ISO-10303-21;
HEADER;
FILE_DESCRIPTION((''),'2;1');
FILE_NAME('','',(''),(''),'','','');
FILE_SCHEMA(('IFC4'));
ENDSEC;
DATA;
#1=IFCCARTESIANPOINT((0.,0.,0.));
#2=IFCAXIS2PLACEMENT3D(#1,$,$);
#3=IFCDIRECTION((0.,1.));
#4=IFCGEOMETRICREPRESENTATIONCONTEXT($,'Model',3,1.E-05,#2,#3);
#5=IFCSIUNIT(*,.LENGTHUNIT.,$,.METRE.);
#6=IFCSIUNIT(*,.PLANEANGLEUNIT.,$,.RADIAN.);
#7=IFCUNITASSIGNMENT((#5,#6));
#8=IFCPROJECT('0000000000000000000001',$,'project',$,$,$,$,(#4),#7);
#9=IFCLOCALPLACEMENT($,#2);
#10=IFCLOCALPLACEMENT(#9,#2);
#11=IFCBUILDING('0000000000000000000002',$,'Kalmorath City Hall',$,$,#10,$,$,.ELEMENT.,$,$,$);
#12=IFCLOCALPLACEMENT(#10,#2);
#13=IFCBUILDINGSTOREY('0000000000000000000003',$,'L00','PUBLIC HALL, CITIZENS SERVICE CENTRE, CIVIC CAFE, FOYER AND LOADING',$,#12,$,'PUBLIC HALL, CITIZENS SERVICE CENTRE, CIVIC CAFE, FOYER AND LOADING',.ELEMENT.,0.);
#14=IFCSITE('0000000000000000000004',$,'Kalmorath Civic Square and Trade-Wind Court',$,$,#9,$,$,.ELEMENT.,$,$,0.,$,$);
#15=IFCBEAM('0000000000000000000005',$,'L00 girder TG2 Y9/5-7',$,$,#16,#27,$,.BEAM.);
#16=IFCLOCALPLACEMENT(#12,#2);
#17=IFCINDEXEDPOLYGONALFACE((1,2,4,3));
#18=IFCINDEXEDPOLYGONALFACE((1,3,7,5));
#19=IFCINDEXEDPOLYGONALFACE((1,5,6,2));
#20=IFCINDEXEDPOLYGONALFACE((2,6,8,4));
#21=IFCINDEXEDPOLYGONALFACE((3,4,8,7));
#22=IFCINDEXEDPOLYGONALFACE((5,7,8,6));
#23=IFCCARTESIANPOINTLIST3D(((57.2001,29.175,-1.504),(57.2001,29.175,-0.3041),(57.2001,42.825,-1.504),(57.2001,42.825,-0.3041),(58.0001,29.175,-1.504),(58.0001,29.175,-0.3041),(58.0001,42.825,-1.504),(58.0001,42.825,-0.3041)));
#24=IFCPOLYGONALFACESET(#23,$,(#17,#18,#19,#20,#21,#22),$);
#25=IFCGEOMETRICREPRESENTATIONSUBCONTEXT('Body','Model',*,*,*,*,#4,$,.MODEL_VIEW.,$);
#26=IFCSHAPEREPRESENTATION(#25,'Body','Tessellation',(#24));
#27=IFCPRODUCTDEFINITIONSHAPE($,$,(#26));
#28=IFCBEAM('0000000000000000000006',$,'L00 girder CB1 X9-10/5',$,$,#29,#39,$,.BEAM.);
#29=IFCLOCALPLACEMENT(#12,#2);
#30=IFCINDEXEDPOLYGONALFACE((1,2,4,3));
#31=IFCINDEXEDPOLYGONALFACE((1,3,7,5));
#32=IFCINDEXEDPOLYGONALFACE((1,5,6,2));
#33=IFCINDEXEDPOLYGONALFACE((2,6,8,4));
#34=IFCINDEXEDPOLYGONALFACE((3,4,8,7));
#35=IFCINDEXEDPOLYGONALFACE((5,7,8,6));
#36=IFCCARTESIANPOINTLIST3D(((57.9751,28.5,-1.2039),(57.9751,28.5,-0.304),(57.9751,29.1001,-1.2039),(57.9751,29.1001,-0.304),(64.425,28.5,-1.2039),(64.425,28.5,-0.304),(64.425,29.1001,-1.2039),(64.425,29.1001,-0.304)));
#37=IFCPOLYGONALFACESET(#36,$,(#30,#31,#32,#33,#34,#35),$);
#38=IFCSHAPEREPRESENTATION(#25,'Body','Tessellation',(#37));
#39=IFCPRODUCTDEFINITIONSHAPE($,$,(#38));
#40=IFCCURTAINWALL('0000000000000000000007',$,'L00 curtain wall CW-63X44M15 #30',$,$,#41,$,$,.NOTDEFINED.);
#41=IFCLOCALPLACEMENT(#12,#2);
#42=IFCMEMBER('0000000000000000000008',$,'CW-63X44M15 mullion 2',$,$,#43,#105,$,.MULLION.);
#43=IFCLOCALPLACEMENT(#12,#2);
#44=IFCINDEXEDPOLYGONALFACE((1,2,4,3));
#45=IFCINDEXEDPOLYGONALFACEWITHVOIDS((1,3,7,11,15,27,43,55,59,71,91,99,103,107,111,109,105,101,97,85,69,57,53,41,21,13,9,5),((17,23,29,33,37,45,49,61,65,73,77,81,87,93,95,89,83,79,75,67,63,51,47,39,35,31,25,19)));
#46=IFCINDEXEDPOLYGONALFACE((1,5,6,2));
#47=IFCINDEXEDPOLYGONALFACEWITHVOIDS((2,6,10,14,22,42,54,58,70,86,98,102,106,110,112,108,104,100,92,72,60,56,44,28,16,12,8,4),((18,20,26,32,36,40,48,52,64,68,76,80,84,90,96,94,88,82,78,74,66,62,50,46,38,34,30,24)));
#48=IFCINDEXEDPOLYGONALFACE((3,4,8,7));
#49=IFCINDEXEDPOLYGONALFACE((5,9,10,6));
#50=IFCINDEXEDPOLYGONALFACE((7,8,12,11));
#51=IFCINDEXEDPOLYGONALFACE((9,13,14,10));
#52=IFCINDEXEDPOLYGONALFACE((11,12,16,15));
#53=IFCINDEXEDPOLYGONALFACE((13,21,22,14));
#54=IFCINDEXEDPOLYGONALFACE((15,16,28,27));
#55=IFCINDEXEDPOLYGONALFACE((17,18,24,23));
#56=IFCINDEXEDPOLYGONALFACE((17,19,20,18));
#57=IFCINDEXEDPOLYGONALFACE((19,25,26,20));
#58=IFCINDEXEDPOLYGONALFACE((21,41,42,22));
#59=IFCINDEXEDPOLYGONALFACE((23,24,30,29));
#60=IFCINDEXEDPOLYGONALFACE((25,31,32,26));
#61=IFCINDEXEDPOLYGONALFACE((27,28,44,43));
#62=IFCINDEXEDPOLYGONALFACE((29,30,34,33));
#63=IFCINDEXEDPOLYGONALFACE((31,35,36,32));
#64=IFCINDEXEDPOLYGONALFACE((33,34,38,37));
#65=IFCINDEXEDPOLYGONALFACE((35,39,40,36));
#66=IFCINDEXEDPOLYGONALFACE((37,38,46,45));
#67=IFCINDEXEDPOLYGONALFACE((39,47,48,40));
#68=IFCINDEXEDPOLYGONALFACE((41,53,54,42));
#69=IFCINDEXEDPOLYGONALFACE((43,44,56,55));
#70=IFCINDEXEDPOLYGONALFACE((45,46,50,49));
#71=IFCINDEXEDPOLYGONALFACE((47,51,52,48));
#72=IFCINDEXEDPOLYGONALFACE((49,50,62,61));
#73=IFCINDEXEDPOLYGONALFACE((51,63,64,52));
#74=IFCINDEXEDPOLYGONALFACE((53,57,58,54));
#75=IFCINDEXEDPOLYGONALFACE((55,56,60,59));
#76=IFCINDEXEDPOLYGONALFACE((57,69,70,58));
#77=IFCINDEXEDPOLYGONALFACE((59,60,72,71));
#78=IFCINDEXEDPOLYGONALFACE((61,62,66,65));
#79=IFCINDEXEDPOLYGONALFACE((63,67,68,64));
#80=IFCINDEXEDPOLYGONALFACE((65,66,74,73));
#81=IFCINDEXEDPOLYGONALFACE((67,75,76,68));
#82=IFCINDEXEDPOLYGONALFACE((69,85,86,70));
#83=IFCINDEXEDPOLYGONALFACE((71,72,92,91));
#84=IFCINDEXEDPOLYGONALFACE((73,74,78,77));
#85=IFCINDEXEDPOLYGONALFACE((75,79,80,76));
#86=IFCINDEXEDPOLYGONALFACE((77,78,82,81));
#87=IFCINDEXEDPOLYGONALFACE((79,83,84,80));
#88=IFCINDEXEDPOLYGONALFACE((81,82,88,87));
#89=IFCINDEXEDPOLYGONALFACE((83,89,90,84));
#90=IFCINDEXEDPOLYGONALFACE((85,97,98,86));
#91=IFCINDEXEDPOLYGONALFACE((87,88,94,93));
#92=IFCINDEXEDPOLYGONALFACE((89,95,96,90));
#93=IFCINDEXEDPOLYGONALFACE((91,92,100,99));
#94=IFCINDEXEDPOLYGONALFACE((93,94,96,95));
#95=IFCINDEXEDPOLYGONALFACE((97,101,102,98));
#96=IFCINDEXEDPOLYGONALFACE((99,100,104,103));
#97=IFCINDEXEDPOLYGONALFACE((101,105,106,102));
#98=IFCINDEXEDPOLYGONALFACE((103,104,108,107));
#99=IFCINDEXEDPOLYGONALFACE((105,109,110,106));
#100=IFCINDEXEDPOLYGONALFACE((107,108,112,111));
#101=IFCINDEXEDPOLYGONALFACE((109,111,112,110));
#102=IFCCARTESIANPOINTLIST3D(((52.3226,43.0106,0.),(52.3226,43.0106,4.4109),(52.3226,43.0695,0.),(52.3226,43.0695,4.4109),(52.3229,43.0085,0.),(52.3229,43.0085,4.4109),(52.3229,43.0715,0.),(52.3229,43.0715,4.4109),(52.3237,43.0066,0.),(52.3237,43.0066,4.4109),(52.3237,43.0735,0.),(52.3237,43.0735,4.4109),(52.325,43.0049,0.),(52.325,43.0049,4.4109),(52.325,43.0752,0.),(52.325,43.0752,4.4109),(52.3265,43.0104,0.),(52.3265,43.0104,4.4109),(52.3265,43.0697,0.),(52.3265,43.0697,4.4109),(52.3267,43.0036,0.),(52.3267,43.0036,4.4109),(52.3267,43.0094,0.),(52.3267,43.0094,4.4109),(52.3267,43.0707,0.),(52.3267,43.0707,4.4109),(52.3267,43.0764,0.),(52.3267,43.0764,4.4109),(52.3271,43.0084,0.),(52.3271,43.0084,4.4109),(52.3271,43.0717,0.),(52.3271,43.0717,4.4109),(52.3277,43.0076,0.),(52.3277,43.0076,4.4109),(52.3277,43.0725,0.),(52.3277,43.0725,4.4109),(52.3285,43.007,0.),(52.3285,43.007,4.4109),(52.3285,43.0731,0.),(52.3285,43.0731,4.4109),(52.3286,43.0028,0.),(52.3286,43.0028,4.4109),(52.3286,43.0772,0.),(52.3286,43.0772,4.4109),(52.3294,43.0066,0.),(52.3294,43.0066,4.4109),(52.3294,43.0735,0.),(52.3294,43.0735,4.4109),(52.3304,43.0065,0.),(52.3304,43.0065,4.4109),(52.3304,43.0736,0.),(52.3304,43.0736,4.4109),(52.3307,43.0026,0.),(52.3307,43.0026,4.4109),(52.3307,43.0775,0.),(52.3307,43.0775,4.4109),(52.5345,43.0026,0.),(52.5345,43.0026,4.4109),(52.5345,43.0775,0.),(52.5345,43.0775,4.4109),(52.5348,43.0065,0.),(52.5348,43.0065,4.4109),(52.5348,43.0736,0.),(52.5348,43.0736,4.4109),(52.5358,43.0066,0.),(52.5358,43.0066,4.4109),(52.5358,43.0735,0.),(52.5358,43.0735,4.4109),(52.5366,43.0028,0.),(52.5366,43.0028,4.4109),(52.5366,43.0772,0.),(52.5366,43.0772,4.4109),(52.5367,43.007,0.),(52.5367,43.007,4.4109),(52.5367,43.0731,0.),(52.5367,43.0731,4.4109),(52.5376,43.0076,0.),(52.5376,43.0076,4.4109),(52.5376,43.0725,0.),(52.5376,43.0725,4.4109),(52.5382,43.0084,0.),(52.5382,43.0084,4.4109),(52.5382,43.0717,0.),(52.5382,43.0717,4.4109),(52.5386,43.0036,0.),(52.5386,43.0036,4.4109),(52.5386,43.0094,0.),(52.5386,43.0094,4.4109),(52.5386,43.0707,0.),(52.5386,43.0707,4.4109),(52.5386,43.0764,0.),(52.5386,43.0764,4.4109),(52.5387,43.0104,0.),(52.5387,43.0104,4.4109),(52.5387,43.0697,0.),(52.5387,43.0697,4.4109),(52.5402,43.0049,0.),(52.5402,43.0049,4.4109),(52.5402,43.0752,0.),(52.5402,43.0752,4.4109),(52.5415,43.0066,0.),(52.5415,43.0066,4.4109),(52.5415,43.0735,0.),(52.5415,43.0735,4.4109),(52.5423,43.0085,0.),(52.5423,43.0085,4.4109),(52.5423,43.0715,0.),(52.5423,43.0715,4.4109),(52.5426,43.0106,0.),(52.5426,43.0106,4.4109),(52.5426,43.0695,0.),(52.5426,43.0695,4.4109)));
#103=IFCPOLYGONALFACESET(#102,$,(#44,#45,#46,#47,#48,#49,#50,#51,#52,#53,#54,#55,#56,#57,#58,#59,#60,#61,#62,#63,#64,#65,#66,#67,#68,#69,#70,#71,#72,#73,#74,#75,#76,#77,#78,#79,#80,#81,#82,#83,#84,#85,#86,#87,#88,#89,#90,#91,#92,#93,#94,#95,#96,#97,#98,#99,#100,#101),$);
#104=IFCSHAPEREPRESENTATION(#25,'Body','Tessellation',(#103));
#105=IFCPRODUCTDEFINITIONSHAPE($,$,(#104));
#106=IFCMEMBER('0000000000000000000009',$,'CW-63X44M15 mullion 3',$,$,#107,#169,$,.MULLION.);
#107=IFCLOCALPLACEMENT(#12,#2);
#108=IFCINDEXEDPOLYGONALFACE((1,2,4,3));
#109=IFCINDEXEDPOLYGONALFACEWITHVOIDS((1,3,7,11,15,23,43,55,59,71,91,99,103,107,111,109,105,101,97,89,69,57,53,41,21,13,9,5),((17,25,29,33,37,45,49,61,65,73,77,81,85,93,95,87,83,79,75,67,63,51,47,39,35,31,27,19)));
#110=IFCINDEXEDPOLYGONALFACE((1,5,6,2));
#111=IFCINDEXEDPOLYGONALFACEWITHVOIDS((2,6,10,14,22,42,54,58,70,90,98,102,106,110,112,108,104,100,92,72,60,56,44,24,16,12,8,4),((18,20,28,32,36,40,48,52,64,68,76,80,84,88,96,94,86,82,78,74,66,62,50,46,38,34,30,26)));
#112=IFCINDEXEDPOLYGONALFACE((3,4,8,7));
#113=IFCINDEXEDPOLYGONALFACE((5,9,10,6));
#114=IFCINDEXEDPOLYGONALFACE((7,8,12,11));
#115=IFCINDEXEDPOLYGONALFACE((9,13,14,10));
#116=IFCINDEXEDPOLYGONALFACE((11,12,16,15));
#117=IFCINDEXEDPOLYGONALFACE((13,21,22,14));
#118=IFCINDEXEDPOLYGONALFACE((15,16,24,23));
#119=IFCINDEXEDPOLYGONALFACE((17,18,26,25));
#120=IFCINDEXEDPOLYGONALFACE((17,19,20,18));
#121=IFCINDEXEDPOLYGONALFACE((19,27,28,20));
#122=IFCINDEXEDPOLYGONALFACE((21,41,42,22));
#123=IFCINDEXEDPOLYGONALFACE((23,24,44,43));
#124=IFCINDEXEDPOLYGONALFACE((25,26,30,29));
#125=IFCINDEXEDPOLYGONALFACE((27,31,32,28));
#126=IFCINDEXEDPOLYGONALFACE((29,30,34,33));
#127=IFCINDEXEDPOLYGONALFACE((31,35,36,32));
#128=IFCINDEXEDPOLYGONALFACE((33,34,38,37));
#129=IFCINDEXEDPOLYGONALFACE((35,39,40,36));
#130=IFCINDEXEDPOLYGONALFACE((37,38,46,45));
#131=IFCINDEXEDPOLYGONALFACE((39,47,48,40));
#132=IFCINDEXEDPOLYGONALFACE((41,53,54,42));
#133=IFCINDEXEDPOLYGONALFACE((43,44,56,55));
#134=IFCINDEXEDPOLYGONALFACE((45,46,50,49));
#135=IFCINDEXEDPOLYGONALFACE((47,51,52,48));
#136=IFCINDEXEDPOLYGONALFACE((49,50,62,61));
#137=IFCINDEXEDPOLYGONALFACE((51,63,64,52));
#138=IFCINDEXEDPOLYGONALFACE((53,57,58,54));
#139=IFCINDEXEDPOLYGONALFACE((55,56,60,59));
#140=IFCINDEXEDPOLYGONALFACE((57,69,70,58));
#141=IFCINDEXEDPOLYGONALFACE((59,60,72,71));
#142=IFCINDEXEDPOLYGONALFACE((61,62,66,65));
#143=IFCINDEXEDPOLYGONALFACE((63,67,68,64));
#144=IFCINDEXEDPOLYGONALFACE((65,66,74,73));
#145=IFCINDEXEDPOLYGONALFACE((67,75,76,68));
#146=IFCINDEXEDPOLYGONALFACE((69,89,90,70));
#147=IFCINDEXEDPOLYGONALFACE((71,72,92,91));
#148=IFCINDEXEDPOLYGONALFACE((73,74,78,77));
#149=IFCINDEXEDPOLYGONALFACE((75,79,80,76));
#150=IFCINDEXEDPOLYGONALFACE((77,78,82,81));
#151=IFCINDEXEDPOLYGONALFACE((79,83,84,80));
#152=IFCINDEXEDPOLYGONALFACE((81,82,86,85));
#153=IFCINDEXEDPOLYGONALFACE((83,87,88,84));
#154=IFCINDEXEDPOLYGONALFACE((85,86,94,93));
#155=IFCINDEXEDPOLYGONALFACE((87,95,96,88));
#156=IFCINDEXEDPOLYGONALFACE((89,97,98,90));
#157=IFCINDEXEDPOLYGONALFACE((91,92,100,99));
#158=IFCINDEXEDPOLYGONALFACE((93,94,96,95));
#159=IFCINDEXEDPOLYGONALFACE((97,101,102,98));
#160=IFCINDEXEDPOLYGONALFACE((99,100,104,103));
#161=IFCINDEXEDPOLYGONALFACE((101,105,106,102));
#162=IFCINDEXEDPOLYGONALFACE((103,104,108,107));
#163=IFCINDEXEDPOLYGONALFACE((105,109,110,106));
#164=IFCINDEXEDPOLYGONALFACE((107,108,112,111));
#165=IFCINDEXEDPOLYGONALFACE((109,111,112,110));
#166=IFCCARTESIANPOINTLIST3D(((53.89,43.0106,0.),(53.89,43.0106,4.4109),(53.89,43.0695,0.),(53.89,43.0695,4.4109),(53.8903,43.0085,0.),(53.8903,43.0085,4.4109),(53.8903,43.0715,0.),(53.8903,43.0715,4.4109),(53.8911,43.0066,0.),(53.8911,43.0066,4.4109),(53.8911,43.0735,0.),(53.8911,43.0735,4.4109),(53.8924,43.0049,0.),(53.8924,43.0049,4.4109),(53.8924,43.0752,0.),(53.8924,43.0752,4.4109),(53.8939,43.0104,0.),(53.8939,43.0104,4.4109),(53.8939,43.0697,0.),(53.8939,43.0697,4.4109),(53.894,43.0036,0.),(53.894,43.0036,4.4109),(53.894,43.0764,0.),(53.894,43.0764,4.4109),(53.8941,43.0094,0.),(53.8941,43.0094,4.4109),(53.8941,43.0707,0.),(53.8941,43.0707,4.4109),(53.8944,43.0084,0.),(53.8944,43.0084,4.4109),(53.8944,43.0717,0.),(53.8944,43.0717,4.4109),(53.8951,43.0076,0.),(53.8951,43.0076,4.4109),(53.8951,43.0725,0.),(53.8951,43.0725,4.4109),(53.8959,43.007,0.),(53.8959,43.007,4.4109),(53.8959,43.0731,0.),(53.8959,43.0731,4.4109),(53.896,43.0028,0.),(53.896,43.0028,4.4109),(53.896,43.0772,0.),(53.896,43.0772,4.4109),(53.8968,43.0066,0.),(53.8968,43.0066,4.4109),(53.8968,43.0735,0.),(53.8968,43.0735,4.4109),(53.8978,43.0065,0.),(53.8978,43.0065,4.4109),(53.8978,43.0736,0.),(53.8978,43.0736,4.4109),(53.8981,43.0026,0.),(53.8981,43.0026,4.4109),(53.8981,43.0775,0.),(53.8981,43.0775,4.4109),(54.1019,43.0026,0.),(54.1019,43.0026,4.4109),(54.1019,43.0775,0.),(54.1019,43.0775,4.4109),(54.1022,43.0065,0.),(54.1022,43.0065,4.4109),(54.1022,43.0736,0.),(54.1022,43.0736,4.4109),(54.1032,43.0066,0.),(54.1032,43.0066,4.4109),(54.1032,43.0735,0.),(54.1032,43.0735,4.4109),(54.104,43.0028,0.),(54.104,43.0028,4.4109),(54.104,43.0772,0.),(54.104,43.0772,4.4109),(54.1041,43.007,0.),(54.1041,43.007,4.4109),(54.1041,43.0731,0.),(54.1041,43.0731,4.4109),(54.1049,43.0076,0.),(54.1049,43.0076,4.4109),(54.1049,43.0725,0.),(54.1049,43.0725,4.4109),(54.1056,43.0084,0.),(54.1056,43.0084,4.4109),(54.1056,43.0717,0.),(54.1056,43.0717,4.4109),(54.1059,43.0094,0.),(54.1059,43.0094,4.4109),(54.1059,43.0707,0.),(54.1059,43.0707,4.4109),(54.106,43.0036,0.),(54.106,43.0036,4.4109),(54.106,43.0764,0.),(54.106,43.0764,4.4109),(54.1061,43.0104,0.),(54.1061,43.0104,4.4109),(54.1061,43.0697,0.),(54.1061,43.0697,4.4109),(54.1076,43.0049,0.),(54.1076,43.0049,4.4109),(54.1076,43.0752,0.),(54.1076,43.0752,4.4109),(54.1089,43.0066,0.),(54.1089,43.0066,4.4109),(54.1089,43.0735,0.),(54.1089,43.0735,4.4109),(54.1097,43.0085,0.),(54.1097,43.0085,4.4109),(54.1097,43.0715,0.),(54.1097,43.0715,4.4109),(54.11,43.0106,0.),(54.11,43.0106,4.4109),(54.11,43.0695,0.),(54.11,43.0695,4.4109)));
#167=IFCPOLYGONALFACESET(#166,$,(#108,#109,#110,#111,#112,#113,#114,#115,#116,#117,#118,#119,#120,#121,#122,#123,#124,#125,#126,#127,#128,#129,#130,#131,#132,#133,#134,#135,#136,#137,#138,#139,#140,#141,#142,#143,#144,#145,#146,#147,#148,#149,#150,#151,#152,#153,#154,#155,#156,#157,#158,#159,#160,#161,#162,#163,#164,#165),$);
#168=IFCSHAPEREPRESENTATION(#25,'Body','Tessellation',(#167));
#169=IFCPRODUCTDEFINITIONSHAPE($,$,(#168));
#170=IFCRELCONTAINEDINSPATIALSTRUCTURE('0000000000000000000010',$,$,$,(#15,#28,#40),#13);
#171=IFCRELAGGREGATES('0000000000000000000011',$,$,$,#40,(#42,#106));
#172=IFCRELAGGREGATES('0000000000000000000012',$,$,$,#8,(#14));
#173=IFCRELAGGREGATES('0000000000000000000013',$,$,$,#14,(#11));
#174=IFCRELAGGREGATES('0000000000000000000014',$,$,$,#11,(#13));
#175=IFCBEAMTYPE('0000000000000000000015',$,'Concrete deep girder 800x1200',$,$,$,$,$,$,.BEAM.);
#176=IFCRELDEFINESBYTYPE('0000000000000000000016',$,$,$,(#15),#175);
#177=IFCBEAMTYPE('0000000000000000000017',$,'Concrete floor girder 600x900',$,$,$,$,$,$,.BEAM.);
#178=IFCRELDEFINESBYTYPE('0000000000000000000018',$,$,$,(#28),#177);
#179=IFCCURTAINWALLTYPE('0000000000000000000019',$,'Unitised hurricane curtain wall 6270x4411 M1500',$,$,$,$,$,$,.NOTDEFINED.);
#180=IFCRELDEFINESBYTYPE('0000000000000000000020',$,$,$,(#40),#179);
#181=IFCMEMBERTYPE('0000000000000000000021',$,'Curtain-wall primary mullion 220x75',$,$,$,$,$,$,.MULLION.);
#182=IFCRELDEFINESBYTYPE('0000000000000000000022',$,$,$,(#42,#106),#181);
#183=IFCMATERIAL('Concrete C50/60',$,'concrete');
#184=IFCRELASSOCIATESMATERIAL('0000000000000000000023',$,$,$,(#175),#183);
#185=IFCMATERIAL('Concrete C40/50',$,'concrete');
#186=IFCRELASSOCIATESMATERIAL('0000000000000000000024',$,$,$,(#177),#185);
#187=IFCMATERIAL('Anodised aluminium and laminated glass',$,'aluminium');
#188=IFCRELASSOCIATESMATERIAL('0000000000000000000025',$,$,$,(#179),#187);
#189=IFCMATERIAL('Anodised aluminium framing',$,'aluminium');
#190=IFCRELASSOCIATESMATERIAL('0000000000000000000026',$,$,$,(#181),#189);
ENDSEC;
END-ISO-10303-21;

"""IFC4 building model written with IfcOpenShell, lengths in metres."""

from ifc_helpers import new_model, si_unit, direction, frame, origin, origin_2d, place, context, subcontext, project, spatial, rectangle, hollow_rectangle, extrude, material, material_profile, profile_set, type_object, element, aggregate, save


model = new_model("IFC4")

# Units and contexts
model_context = context("Model", 3, precision=1e-05, world=origin(), true_north=direction((0.0, 1.0)))
body_context = subcontext(model_context, "Body", "Model", "MODEL_VIEW")
ifc_project = project(units=[si_unit("LENGTHUNIT", "METRE"), si_unit("PLANEANGLEUNIT", "RADIAN")], contexts=[model_context])

# Site, building, storey
site_placement = place(None, origin())
site = spatial("IfcSite", under=ifc_project, at=site_placement, Name="Kalmorath Civic Square and Trade-Wind Court", CompositionType="ELEMENT", RefElevation=0.0)
building_placement = place(site_placement, origin())
building = spatial("IfcBuilding", under=site, at=building_placement, Name="Kalmorath City Hall", CompositionType="ELEMENT")
storey_placement = place(building_placement, origin())
storey = spatial("IfcBuildingStorey", under=building, at=storey_placement, Name="L00", Description="PUBLIC HALL, CITIZENS SERVICE CENTRE, CIVIC CAFE, FOYER AND LOADING", LongName="PUBLIC HALL, CITIZENS SERVICE CENTRE, CIVIC CAFE, FOYER AND LOADING", CompositionType="ELEMENT", Elevation=0.0)

# Beams
ifc_material_1 = material(Name="Concrete C50/60", Category="concrete")
ifc_material_profile_1 = material_profile(ifc_material_1, rectangle(XDim=0.8, YDim=1.2, at=origin_2d()), Name="RC-TG-800X1200")
ifc_profile_set_1 = profile_set([ifc_material_profile_1], Name="Concrete C50/60")
beam_type_1 = type_object("IfcBeamType", Name="Concrete deep girder 800x1200", PredefinedType="BEAM", material=ifc_profile_set_1)
beam_1_placement = place(storey_placement, frame((57.6001, 29.175, -0.9041), z_axis=(0.0, 1.0, 0.0), x_axis=(-1.0, 0.0, 0.0)))
element("IfcBeam", 1, at=beam_1_placement, inside=storey, type_object=beam_type_1, Name="L00 girder TG2 Y9/5-7", PredefinedType="BEAM", context=body_context, shape_type="SweptSolid", body=[
    extrude(rectangle(XDim=0.8, YDim=1.2, at=origin_2d()), origin(), (0.0, 0.0, 1.0), 13.6499),
])
ifc_material_2 = material(Name="Concrete C40/50", Category="concrete")
ifc_material_profile_2 = material_profile(ifc_material_2, rectangle(XDim=0.6001, YDim=0.8999, at=origin_2d()), Name="RC-BM-600X900")
ifc_profile_set_2 = profile_set([ifc_material_profile_2], Name="Concrete C40/50")
beam_type_2 = type_object("IfcBeamType", Name="Concrete floor girder 600x900", PredefinedType="BEAM", material=ifc_profile_set_2)
beam_2_placement = place(storey_placement, frame((57.9751, 28.8, -0.7539), z_axis=(1.0, 0.0, 0.0), x_axis=(0.0, 1.0, 0.0)))
element("IfcBeam", 2, at=beam_2_placement, inside=storey, type_object=beam_type_2, Name="L00 girder CB1 X9-10/5", PredefinedType="BEAM", context=body_context, shape_type="SweptSolid", body=[
    extrude(rectangle(XDim=0.6001, YDim=0.8999, at=origin_2d()), origin(), (0.0, 0.0, 1.0), 6.45),
])

# Curtain wall, members
ifc_material_3 = material(Name="Anodised aluminium and laminated glass", Category="aluminium")
curtain_wall_type = type_object("IfcCurtainWallType", Name="Unitised hurricane curtain wall 6270x4411 M1500", PredefinedType="NOTDEFINED", material=ifc_material_3)
curtain_wall_placement = place(storey_placement, origin())
curtain_wall = element("IfcCurtainWall", 3, at=curtain_wall_placement, inside=storey, type_object=curtain_wall_type, Name="L00 curtain wall CW-63X44M15 #30", PredefinedType="NOTDEFINED")
ifc_material_4 = material(Name="Anodised aluminium framing", Category="aluminium")
ifc_material_profile_3 = material_profile(ifc_material_4, hollow_rectangle(XDim=0.075, YDim=0.22, WallThickness=0.0039, InnerFilletRadius=0.0039, OuterFilletRadius=0.0081, at=origin_2d()), Name="ALU-MUL-220X75X4")
ifc_profile_set_3 = profile_set([ifc_material_profile_3], Name="Anodised aluminium framing")
member_type_1 = type_object("IfcMemberType", Name="Curtain-wall primary mullion 220x75", PredefinedType="MULLION", material=ifc_profile_set_3)
member_1_placement = place(storey_placement, frame((52.4326, 43.04, 0.0), z_axis=(0.0, 0.0, 1.0), x_axis=(0.0, 1.0, 0.0)))
member_1 = element("IfcMember", 4, at=member_1_placement, type_object=member_type_1, Name="CW-63X44M15 mullion 2", PredefinedType="MULLION", context=body_context, shape_type="SweptSolid", body=[
    extrude(hollow_rectangle(XDim=0.075, YDim=0.22, WallThickness=0.0039, InnerFilletRadius=0.0039, OuterFilletRadius=0.0081, at=origin_2d()), origin(), (0.0, 0.0, 1.0), 4.4109),
])
member_2_placement = place(storey_placement, frame((54.0, 43.04, 0.0), z_axis=(0.0, 0.0, 1.0), x_axis=(0.0, 1.0, 0.0)))
member_2 = element("IfcMember", 5, at=member_2_placement, type_object=member_type_1, Name="CW-63X44M15 mullion 3", PredefinedType="MULLION", context=body_context, shape_type="SweptSolid", body=[
    extrude(hollow_rectangle(XDim=0.075, YDim=0.22, WallThickness=0.0039, InnerFilletRadius=0.0039, OuterFilletRadius=0.0081, at=origin_2d()), origin(), (0.0, 0.0, 1.0), 4.4109),
])

aggregate(curtain_wall, [member_1, member_2])

save(model, "model.ifc")
